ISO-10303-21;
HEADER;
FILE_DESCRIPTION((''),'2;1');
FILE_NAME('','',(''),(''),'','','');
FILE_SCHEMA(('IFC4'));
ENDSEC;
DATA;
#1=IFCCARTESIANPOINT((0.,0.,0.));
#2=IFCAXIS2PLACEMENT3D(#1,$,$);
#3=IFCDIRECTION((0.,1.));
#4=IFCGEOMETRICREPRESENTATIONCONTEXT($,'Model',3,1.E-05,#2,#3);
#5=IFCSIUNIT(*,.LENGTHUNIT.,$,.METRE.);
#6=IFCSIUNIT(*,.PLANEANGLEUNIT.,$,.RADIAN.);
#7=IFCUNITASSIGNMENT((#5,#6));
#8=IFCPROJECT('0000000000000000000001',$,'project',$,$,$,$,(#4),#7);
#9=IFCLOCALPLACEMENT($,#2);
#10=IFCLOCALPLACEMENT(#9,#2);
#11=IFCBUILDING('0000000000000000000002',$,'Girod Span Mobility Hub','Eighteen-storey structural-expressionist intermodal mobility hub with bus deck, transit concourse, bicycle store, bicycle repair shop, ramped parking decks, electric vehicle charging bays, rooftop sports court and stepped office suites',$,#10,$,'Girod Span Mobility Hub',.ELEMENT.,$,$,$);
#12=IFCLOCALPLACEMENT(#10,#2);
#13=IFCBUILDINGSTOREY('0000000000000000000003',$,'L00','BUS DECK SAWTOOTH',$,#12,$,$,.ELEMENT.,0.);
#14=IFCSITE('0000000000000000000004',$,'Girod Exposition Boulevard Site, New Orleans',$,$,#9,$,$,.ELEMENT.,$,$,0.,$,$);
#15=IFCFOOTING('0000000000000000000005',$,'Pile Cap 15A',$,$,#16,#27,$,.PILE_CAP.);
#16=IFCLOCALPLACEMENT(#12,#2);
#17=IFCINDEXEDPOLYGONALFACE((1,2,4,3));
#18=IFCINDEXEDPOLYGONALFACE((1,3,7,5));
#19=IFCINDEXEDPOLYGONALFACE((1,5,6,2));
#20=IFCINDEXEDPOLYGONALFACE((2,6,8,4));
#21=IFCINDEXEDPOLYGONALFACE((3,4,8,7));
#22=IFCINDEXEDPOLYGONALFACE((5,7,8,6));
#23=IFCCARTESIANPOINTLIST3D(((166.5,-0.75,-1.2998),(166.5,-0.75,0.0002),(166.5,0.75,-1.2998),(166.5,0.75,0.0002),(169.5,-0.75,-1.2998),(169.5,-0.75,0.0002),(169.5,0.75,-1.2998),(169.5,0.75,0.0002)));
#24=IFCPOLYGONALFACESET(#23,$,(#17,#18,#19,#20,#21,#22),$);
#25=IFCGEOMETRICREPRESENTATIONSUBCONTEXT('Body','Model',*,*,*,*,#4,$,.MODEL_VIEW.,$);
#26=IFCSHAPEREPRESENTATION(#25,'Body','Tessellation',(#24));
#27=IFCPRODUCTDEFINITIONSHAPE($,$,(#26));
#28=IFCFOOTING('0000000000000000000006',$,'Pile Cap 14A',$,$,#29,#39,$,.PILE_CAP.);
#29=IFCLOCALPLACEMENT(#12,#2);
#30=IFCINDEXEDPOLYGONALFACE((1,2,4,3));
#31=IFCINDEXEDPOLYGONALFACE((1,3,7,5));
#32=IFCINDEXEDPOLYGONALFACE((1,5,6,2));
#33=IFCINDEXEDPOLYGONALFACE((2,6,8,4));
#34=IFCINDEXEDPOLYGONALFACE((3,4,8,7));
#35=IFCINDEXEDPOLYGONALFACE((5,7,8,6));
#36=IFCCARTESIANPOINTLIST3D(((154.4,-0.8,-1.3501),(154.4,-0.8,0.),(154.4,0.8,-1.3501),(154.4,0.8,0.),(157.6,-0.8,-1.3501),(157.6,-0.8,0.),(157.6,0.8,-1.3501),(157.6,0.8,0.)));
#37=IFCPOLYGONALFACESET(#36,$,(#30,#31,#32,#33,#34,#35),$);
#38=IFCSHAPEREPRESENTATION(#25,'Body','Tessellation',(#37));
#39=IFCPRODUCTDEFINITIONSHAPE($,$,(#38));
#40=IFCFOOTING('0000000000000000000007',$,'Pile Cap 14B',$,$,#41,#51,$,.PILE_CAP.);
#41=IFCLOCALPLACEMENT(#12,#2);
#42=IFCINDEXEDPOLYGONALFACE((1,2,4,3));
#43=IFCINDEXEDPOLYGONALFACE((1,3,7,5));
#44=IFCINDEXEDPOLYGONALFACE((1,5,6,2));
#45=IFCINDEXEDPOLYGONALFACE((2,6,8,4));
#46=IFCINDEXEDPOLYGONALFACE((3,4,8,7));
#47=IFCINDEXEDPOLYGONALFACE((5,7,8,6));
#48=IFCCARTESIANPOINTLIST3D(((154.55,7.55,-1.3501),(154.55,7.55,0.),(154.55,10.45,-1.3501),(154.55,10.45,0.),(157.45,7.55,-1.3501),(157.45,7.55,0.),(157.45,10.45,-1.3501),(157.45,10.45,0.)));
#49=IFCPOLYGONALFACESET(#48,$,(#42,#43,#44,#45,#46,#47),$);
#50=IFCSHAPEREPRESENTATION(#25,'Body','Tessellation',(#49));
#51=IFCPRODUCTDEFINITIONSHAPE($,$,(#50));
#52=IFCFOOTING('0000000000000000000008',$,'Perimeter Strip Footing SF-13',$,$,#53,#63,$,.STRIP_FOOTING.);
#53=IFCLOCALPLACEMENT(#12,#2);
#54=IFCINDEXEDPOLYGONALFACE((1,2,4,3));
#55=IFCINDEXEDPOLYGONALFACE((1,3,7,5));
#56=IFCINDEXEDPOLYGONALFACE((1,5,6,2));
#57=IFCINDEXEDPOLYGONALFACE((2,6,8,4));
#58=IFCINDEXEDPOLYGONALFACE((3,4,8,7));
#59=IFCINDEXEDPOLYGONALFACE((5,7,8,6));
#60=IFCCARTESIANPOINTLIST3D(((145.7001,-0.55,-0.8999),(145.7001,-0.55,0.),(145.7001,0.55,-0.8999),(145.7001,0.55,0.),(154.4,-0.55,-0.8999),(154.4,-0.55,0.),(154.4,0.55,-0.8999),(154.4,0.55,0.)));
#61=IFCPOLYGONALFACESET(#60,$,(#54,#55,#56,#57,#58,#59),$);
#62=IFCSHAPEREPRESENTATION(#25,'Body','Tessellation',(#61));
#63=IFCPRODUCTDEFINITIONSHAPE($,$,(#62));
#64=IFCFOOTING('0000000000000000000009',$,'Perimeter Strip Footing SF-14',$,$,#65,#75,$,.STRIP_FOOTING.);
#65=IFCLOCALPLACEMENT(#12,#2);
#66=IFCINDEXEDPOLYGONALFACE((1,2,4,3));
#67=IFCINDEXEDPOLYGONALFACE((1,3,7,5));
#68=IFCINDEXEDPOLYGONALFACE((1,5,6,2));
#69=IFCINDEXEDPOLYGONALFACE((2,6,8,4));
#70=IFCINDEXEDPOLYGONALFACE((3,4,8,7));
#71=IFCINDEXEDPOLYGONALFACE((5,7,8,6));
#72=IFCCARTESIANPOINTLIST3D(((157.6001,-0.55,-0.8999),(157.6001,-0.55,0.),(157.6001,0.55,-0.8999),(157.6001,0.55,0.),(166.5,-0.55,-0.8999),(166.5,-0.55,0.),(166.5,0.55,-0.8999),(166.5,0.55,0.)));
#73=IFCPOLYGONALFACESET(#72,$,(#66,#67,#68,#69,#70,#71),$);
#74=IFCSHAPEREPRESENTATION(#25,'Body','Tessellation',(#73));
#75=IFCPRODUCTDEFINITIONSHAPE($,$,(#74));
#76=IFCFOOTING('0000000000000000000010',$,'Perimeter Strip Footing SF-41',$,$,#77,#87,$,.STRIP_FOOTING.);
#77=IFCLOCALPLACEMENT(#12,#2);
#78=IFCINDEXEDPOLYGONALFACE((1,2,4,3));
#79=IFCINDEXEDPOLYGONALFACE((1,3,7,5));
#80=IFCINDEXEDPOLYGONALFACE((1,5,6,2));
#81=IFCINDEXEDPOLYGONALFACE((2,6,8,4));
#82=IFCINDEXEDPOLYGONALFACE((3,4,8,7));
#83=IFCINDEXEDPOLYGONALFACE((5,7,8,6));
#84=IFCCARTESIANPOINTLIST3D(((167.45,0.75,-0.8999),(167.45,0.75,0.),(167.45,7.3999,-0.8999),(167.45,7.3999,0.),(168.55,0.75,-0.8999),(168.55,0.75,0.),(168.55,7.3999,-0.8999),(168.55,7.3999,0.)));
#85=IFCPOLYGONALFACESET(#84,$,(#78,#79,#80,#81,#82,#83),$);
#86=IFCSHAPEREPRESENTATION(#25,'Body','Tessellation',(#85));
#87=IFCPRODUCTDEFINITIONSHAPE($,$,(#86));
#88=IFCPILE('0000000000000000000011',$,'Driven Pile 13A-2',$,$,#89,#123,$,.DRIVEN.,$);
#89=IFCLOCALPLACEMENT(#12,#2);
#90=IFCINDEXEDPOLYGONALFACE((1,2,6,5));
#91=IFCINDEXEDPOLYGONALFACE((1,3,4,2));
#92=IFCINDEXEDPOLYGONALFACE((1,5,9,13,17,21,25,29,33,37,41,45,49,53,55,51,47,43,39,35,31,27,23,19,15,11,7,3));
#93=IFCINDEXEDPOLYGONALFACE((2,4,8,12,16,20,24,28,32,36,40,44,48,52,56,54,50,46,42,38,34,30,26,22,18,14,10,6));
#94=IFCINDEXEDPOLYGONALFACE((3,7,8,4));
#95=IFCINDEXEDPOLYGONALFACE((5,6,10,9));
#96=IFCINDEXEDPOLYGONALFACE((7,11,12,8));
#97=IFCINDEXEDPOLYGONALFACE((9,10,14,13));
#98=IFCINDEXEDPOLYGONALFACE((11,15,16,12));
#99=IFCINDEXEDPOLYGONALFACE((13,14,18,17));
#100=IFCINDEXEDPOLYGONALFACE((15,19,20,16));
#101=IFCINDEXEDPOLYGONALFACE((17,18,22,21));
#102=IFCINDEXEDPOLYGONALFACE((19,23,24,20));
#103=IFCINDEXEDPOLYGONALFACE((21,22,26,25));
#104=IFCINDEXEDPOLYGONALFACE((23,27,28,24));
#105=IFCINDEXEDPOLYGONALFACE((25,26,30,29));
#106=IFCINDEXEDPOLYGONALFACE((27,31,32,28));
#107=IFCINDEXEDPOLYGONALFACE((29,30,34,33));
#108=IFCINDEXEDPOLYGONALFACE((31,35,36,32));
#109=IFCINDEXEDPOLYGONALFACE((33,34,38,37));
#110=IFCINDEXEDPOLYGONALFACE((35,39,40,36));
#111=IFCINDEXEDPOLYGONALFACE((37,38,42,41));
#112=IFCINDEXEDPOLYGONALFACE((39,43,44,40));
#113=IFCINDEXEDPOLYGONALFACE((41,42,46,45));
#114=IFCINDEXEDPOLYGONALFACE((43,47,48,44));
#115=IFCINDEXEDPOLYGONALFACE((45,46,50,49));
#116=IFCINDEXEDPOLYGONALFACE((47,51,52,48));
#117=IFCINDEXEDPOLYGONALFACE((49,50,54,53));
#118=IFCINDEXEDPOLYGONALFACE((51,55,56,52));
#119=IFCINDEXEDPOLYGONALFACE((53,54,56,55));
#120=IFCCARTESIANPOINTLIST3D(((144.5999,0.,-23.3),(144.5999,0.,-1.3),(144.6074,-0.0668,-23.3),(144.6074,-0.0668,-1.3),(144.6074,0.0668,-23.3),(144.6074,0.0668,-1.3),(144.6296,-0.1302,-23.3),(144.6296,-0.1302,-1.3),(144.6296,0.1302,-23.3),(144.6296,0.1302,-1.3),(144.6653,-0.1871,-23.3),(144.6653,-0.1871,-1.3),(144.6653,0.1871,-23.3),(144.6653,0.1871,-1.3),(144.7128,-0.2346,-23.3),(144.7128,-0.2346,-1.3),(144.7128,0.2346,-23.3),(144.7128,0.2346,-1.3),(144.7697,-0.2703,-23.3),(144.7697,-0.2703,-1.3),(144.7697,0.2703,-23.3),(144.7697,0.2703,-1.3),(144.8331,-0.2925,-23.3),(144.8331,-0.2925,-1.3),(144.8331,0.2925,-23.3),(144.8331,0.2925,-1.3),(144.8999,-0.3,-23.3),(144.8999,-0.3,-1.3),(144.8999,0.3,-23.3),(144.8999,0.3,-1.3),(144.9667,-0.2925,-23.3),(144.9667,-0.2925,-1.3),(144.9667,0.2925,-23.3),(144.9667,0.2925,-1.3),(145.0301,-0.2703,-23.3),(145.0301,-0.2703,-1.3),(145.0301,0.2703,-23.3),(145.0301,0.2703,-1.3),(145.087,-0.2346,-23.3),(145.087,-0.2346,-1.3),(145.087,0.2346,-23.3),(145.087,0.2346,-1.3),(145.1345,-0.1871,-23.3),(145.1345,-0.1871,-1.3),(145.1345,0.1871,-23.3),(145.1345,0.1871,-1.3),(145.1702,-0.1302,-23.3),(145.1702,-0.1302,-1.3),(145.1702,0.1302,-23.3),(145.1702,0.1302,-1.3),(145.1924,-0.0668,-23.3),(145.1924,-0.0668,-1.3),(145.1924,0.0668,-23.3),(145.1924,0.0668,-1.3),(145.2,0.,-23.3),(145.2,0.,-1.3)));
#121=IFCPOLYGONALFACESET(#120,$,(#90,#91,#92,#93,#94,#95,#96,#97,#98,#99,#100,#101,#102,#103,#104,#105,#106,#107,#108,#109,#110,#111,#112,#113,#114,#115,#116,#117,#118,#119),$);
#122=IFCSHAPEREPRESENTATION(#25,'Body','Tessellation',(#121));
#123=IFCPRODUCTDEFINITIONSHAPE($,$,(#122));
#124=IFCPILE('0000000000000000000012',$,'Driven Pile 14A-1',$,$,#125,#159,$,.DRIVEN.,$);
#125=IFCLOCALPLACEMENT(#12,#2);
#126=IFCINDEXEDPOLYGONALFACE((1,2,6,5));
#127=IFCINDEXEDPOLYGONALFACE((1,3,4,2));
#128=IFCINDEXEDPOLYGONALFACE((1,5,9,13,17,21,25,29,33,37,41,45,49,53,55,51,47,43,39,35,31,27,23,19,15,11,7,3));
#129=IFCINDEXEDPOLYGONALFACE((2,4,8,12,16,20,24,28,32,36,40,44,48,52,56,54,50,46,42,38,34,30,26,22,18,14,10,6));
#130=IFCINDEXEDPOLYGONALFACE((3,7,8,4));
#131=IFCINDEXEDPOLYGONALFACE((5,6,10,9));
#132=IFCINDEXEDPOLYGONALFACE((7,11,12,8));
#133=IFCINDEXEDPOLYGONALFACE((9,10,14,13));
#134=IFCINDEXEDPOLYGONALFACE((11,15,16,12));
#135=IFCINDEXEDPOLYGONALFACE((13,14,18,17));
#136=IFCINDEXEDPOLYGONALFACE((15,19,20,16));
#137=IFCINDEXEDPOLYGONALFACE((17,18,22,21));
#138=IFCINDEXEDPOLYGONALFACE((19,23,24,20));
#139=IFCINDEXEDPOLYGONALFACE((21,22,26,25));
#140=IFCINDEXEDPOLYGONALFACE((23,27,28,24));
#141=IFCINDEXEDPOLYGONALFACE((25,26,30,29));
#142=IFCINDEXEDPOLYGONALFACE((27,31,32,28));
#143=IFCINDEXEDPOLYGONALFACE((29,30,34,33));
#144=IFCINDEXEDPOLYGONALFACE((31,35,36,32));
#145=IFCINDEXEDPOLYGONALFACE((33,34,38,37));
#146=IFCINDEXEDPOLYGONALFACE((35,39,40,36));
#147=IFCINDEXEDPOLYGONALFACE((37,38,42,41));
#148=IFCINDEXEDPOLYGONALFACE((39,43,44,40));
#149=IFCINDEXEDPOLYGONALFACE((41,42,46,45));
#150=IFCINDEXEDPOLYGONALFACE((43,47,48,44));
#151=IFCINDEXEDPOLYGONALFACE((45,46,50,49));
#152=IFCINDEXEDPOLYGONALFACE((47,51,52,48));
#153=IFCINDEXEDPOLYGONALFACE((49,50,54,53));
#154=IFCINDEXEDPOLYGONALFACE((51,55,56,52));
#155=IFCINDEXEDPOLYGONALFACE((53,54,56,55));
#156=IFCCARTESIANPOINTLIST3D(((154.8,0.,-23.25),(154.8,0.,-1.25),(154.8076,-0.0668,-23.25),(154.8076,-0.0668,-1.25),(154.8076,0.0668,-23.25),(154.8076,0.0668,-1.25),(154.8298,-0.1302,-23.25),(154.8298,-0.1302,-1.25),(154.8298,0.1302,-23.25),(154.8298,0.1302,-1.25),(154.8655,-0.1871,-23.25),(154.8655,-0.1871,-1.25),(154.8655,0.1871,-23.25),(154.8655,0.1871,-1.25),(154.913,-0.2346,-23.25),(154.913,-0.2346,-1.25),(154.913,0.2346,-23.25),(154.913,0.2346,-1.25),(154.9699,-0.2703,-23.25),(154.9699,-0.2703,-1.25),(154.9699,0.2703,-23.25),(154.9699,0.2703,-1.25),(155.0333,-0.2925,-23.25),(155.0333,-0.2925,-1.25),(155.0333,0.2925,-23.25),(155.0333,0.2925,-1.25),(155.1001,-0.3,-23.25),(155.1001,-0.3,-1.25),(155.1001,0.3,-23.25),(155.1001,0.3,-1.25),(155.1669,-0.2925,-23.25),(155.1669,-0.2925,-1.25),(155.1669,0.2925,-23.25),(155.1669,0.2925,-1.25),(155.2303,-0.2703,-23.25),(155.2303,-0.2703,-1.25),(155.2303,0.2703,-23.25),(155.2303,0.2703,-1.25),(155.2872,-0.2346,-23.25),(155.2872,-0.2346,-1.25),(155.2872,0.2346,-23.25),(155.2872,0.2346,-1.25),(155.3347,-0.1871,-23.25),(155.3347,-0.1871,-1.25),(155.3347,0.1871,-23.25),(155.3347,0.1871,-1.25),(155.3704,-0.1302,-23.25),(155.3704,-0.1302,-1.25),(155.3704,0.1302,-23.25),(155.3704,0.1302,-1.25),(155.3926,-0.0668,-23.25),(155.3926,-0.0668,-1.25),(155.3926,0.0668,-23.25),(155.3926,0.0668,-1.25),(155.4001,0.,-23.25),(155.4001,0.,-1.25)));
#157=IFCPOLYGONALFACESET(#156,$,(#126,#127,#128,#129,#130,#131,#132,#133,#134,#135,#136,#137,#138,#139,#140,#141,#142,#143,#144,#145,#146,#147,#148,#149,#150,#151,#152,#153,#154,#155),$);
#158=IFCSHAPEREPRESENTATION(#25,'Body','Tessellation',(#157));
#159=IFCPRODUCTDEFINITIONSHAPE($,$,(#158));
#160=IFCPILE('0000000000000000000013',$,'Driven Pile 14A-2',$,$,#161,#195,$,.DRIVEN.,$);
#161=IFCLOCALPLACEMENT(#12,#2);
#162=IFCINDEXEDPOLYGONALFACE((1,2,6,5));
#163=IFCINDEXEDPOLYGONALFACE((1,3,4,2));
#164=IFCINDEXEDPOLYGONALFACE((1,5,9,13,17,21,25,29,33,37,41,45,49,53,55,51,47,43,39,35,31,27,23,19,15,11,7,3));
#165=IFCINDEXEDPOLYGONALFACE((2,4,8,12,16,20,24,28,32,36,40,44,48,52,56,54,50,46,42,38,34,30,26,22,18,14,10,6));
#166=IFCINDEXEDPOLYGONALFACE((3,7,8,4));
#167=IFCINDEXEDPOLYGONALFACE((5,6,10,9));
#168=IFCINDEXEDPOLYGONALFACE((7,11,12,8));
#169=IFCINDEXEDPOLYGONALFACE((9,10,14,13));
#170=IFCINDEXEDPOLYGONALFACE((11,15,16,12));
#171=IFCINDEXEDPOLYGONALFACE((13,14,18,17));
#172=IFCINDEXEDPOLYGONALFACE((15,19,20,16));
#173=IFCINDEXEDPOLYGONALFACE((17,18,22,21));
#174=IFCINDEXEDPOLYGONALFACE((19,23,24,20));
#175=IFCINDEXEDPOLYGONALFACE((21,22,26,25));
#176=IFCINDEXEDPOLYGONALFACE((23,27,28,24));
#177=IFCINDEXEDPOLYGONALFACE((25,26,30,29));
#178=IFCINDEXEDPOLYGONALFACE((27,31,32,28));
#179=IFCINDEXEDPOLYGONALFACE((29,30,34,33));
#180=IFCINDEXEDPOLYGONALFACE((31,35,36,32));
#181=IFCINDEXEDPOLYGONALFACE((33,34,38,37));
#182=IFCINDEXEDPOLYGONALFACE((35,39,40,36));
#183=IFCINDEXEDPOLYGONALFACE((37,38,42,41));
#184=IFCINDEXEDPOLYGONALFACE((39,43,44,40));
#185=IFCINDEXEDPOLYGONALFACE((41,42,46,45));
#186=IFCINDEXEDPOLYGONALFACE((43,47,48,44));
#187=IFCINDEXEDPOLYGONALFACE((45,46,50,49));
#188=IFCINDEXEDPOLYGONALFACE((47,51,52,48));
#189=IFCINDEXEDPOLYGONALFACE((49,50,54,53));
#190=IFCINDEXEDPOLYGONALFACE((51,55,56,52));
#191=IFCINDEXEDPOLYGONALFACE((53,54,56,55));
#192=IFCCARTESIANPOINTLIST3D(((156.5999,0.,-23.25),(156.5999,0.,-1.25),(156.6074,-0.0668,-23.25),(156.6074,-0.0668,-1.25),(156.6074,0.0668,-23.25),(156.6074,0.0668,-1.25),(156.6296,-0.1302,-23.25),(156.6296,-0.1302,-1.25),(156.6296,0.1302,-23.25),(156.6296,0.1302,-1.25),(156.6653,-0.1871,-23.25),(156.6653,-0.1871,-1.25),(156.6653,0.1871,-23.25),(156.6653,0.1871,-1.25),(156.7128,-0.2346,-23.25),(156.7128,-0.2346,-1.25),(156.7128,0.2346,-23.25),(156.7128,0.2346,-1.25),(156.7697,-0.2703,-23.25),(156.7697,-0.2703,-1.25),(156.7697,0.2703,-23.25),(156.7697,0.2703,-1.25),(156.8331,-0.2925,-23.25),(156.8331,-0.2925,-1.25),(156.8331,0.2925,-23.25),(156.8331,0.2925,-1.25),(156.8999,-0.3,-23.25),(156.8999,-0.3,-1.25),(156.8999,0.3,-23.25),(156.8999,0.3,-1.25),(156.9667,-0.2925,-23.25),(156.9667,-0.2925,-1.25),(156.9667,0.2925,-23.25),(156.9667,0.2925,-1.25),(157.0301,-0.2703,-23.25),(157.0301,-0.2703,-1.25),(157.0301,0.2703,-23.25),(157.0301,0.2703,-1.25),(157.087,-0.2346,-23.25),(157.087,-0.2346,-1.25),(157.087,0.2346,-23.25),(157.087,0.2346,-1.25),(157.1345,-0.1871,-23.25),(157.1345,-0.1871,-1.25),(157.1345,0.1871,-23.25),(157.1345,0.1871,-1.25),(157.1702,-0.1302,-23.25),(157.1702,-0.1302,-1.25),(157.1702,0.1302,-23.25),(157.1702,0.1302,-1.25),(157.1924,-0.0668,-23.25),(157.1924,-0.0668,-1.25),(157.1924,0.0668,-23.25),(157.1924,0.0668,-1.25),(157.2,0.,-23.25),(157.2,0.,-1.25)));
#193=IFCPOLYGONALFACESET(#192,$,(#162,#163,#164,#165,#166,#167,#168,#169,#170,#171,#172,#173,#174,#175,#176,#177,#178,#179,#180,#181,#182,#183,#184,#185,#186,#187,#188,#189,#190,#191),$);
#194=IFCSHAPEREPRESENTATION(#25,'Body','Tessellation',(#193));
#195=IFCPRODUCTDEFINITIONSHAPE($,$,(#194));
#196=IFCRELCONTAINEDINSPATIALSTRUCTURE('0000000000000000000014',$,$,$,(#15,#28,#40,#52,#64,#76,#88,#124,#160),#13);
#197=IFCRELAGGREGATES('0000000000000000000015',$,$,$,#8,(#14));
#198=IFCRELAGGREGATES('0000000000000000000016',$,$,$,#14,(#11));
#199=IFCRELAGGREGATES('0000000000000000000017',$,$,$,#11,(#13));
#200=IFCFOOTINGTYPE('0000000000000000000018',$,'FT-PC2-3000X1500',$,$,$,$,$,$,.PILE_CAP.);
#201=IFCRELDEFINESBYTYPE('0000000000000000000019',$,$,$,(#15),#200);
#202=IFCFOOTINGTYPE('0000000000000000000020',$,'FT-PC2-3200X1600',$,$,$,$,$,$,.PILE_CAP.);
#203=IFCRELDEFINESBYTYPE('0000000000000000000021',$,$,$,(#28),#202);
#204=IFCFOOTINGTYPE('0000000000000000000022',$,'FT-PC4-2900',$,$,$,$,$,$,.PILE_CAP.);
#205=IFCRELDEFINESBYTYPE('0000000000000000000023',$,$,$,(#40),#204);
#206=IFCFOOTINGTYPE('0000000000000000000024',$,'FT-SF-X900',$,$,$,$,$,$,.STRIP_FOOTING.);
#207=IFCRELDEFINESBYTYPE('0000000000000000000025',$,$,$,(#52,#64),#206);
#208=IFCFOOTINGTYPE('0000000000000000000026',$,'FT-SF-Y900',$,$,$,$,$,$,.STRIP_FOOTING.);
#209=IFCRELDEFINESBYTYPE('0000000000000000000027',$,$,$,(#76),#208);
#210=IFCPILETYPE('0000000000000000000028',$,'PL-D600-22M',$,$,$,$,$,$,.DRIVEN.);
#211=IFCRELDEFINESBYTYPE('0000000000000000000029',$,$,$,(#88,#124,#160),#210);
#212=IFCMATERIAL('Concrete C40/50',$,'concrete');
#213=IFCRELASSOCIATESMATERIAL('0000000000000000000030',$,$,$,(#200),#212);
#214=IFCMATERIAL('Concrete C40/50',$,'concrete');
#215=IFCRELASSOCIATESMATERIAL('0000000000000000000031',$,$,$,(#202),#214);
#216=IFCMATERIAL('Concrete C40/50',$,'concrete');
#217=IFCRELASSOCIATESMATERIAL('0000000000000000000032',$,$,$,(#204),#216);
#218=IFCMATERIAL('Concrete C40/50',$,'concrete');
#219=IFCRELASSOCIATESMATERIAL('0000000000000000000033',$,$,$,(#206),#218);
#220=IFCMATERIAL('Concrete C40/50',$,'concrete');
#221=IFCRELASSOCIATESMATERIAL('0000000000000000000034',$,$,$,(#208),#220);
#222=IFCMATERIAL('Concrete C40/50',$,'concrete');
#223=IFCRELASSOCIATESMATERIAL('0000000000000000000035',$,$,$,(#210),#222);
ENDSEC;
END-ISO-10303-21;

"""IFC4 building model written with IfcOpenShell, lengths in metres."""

from ifc_helpers import new_model, si_unit, direction, frame, origin, origin_2d, place, context, subcontext, project, spatial, rectangle, circle, extrude, material, material_profile, profile_set, type_object, element, save


model = new_model("IFC4")

# Units and contexts
model_context = context("Model", 3, precision=1e-05, world=origin(), true_north=direction((0.0, 1.0)))
body_context = subcontext(model_context, "Body", "Model", "MODEL_VIEW")
ifc_project = project(units=[si_unit("LENGTHUNIT", "METRE"), si_unit("PLANEANGLEUNIT", "RADIAN")], contexts=[model_context])

# Site, building, storey
site_placement = place(None, origin())
site = spatial("IfcSite", under=ifc_project, at=site_placement, Name="Girod Exposition Boulevard Site, New Orleans", CompositionType="ELEMENT", RefElevation=0.0)
building_placement = place(site_placement, origin())
building = spatial("IfcBuilding", under=site, at=building_placement, Name="Girod Span Mobility Hub", Description="Eighteen-storey structural-expressionist intermodal mobility hub with bus deck, transit concourse, bicycle store, bicycle repair shop, ramped parking decks, electric vehicle charging bays, rooftop sports court and stepped office suites", LongName="Girod Span Mobility Hub", CompositionType="ELEMENT")
storey_placement = place(building_placement, origin())
storey = spatial("IfcBuildingStorey", under=building, at=storey_placement, Name="L00", Description="BUS DECK SAWTOOTH", CompositionType="ELEMENT", Elevation=0.0)

# Footings
ifc_material_1 = material(Name="Concrete C40/50", Category="concrete")
footing_type_1 = type_object("IfcFootingType", Name="FT-PC2-3000X1500", PredefinedType="PILE_CAP", material=ifc_material_1)
footing_1_placement = place(storey_placement, frame((168.0, 0.0, -1.2998), z_axis=(0.0, 0.0, 1.0), x_axis=(1.0, 0.0, 0.0)))
element("IfcFooting", 1, at=footing_1_placement, inside=storey, type_object=footing_type_1, Name="Pile Cap 15A", PredefinedType="PILE_CAP", context=body_context, shape_type="SweptSolid", body=[
    extrude(rectangle(XDim=3.0, YDim=1.5, at=origin_2d()), origin(), (0.0, 0.0, 1.0), 1.3),
])
ifc_material_2 = material(Name="Concrete C40/50", Category="concrete")
footing_type_2 = type_object("IfcFootingType", Name="FT-PC2-3200X1600", PredefinedType="PILE_CAP", material=ifc_material_2)
footing_2_placement = place(storey_placement, frame((156.0, 0.0, -1.3501), z_axis=(0.0, 0.0, 1.0), x_axis=(1.0, 0.0, 0.0)))
element("IfcFooting", 2, at=footing_2_placement, inside=storey, type_object=footing_type_2, Name="Pile Cap 14A", PredefinedType="PILE_CAP", context=body_context, shape_type="SweptSolid", body=[
    extrude(rectangle(XDim=3.2, YDim=1.6001, at=origin_2d()), origin(), (0.0, 0.0, 1.0), 1.3501),
])
ifc_material_3 = material(Name="Concrete C40/50", Category="concrete")
footing_type_3 = type_object("IfcFootingType", Name="FT-PC4-2900", PredefinedType="PILE_CAP", material=ifc_material_3)
footing_3_placement = place(storey_placement, frame((156.0, 9.0, -1.3501), z_axis=(0.0, 0.0, 1.0), x_axis=(1.0, 0.0, 0.0)))
element("IfcFooting", 3, at=footing_3_placement, inside=storey, type_object=footing_type_3, Name="Pile Cap 14B", PredefinedType="PILE_CAP", context=body_context, shape_type="SweptSolid", body=[
    extrude(rectangle(XDim=2.8999, YDim=2.8999, at=origin_2d()), origin(), (0.0, 0.0, 1.0), 1.3501),
])
ifc_material_4 = material(Name="Concrete C40/50", Category="concrete")
footing_type_4 = type_object("IfcFootingType", Name="FT-SF-X900", PredefinedType="STRIP_FOOTING", material=ifc_material_4)
footing_4_placement = place(storey_placement, frame((150.05, 0.0, -0.8999), z_axis=(0.0, 0.0, 1.0), x_axis=(1.0, 0.0, 0.0)))
element("IfcFooting", 4, at=footing_4_placement, inside=storey, type_object=footing_type_4, Name="Perimeter Strip Footing SF-13", PredefinedType="STRIP_FOOTING", context=body_context, shape_type="SweptSolid", body=[
    extrude(rectangle(XDim=8.7, YDim=1.1001, at=origin_2d()), origin(), (0.0, 0.0, 1.0), 0.8999),
])
footing_5_placement = place(storey_placement, frame((162.05, 0.0, -0.8999), z_axis=(0.0, 0.0, 1.0), x_axis=(1.0, 0.0, 0.0)))
element("IfcFooting", 5, at=footing_5_placement, inside=storey, type_object=footing_type_4, Name="Perimeter Strip Footing SF-14", PredefinedType="STRIP_FOOTING", context=body_context, shape_type="SweptSolid", body=[
    extrude(rectangle(XDim=8.8999, YDim=1.1001, at=origin_2d()), origin(), (0.0, 0.0, 1.0), 0.8999),
])
ifc_material_5 = material(Name="Concrete C40/50", Category="concrete")
footing_type_5 = type_object("IfcFootingType", Name="FT-SF-Y900", PredefinedType="STRIP_FOOTING", material=ifc_material_5)
footing_6_placement = place(storey_placement, frame((168.0, 4.075, -0.8999), z_axis=(0.0, 0.0, 1.0), x_axis=(1.0, 0.0, 0.0)))
element("IfcFooting", 6, at=footing_6_placement, inside=storey, type_object=footing_type_5, Name="Perimeter Strip Footing SF-41", PredefinedType="STRIP_FOOTING", context=body_context, shape_type="SweptSolid", body=[
    extrude(rectangle(XDim=1.1001, YDim=6.6499, at=origin_2d()), origin(), (0.0, 0.0, 1.0), 0.8999),
])

# Piles
ifc_material_6 = material(Name="Concrete C40/50", Category="concrete")
ifc_material_profile_1 = material_profile(ifc_material_6, circle(Radius=0.3, at=origin_2d()), Name="PILE-D600")
ifc_profile_set_1 = profile_set([ifc_material_profile_1], Name="Concrete C40/50")
pile_type_1 = type_object("IfcPileType", Name="PL-D600-22M", PredefinedType="DRIVEN", material=ifc_profile_set_1)
for number, where, z_axis, x_axis, name in (
    (7, (144.8999, 0.0, -1.3), (0.0, 0.0, -1.0), (1.0, 0.0, 0.0), "Driven Pile 13A-2"),
    (8, (155.1001, 0.0, -1.25), (0.0, 0.0, -1.0), (1.0, 0.0, 0.0), "Driven Pile 14A-1"),
    (9, (156.8999, 0.0, -1.25), (0.0, 0.0, -1.0), (1.0, 0.0, 0.0), "Driven Pile 14A-2"),
):
    element("IfcPile", number, at=place(storey_placement, frame(where, z_axis=z_axis, x_axis=x_axis)), inside=storey, type_object=pile_type_1, Name=name, PredefinedType="DRIVEN", context=body_context, shape_type="SweptSolid", body=[
        extrude(circle(Radius=0.3, at=origin_2d()), origin(), (0.0, 0.0, 1.0), 22.0),
    ])

save(model, "model.ifc")
